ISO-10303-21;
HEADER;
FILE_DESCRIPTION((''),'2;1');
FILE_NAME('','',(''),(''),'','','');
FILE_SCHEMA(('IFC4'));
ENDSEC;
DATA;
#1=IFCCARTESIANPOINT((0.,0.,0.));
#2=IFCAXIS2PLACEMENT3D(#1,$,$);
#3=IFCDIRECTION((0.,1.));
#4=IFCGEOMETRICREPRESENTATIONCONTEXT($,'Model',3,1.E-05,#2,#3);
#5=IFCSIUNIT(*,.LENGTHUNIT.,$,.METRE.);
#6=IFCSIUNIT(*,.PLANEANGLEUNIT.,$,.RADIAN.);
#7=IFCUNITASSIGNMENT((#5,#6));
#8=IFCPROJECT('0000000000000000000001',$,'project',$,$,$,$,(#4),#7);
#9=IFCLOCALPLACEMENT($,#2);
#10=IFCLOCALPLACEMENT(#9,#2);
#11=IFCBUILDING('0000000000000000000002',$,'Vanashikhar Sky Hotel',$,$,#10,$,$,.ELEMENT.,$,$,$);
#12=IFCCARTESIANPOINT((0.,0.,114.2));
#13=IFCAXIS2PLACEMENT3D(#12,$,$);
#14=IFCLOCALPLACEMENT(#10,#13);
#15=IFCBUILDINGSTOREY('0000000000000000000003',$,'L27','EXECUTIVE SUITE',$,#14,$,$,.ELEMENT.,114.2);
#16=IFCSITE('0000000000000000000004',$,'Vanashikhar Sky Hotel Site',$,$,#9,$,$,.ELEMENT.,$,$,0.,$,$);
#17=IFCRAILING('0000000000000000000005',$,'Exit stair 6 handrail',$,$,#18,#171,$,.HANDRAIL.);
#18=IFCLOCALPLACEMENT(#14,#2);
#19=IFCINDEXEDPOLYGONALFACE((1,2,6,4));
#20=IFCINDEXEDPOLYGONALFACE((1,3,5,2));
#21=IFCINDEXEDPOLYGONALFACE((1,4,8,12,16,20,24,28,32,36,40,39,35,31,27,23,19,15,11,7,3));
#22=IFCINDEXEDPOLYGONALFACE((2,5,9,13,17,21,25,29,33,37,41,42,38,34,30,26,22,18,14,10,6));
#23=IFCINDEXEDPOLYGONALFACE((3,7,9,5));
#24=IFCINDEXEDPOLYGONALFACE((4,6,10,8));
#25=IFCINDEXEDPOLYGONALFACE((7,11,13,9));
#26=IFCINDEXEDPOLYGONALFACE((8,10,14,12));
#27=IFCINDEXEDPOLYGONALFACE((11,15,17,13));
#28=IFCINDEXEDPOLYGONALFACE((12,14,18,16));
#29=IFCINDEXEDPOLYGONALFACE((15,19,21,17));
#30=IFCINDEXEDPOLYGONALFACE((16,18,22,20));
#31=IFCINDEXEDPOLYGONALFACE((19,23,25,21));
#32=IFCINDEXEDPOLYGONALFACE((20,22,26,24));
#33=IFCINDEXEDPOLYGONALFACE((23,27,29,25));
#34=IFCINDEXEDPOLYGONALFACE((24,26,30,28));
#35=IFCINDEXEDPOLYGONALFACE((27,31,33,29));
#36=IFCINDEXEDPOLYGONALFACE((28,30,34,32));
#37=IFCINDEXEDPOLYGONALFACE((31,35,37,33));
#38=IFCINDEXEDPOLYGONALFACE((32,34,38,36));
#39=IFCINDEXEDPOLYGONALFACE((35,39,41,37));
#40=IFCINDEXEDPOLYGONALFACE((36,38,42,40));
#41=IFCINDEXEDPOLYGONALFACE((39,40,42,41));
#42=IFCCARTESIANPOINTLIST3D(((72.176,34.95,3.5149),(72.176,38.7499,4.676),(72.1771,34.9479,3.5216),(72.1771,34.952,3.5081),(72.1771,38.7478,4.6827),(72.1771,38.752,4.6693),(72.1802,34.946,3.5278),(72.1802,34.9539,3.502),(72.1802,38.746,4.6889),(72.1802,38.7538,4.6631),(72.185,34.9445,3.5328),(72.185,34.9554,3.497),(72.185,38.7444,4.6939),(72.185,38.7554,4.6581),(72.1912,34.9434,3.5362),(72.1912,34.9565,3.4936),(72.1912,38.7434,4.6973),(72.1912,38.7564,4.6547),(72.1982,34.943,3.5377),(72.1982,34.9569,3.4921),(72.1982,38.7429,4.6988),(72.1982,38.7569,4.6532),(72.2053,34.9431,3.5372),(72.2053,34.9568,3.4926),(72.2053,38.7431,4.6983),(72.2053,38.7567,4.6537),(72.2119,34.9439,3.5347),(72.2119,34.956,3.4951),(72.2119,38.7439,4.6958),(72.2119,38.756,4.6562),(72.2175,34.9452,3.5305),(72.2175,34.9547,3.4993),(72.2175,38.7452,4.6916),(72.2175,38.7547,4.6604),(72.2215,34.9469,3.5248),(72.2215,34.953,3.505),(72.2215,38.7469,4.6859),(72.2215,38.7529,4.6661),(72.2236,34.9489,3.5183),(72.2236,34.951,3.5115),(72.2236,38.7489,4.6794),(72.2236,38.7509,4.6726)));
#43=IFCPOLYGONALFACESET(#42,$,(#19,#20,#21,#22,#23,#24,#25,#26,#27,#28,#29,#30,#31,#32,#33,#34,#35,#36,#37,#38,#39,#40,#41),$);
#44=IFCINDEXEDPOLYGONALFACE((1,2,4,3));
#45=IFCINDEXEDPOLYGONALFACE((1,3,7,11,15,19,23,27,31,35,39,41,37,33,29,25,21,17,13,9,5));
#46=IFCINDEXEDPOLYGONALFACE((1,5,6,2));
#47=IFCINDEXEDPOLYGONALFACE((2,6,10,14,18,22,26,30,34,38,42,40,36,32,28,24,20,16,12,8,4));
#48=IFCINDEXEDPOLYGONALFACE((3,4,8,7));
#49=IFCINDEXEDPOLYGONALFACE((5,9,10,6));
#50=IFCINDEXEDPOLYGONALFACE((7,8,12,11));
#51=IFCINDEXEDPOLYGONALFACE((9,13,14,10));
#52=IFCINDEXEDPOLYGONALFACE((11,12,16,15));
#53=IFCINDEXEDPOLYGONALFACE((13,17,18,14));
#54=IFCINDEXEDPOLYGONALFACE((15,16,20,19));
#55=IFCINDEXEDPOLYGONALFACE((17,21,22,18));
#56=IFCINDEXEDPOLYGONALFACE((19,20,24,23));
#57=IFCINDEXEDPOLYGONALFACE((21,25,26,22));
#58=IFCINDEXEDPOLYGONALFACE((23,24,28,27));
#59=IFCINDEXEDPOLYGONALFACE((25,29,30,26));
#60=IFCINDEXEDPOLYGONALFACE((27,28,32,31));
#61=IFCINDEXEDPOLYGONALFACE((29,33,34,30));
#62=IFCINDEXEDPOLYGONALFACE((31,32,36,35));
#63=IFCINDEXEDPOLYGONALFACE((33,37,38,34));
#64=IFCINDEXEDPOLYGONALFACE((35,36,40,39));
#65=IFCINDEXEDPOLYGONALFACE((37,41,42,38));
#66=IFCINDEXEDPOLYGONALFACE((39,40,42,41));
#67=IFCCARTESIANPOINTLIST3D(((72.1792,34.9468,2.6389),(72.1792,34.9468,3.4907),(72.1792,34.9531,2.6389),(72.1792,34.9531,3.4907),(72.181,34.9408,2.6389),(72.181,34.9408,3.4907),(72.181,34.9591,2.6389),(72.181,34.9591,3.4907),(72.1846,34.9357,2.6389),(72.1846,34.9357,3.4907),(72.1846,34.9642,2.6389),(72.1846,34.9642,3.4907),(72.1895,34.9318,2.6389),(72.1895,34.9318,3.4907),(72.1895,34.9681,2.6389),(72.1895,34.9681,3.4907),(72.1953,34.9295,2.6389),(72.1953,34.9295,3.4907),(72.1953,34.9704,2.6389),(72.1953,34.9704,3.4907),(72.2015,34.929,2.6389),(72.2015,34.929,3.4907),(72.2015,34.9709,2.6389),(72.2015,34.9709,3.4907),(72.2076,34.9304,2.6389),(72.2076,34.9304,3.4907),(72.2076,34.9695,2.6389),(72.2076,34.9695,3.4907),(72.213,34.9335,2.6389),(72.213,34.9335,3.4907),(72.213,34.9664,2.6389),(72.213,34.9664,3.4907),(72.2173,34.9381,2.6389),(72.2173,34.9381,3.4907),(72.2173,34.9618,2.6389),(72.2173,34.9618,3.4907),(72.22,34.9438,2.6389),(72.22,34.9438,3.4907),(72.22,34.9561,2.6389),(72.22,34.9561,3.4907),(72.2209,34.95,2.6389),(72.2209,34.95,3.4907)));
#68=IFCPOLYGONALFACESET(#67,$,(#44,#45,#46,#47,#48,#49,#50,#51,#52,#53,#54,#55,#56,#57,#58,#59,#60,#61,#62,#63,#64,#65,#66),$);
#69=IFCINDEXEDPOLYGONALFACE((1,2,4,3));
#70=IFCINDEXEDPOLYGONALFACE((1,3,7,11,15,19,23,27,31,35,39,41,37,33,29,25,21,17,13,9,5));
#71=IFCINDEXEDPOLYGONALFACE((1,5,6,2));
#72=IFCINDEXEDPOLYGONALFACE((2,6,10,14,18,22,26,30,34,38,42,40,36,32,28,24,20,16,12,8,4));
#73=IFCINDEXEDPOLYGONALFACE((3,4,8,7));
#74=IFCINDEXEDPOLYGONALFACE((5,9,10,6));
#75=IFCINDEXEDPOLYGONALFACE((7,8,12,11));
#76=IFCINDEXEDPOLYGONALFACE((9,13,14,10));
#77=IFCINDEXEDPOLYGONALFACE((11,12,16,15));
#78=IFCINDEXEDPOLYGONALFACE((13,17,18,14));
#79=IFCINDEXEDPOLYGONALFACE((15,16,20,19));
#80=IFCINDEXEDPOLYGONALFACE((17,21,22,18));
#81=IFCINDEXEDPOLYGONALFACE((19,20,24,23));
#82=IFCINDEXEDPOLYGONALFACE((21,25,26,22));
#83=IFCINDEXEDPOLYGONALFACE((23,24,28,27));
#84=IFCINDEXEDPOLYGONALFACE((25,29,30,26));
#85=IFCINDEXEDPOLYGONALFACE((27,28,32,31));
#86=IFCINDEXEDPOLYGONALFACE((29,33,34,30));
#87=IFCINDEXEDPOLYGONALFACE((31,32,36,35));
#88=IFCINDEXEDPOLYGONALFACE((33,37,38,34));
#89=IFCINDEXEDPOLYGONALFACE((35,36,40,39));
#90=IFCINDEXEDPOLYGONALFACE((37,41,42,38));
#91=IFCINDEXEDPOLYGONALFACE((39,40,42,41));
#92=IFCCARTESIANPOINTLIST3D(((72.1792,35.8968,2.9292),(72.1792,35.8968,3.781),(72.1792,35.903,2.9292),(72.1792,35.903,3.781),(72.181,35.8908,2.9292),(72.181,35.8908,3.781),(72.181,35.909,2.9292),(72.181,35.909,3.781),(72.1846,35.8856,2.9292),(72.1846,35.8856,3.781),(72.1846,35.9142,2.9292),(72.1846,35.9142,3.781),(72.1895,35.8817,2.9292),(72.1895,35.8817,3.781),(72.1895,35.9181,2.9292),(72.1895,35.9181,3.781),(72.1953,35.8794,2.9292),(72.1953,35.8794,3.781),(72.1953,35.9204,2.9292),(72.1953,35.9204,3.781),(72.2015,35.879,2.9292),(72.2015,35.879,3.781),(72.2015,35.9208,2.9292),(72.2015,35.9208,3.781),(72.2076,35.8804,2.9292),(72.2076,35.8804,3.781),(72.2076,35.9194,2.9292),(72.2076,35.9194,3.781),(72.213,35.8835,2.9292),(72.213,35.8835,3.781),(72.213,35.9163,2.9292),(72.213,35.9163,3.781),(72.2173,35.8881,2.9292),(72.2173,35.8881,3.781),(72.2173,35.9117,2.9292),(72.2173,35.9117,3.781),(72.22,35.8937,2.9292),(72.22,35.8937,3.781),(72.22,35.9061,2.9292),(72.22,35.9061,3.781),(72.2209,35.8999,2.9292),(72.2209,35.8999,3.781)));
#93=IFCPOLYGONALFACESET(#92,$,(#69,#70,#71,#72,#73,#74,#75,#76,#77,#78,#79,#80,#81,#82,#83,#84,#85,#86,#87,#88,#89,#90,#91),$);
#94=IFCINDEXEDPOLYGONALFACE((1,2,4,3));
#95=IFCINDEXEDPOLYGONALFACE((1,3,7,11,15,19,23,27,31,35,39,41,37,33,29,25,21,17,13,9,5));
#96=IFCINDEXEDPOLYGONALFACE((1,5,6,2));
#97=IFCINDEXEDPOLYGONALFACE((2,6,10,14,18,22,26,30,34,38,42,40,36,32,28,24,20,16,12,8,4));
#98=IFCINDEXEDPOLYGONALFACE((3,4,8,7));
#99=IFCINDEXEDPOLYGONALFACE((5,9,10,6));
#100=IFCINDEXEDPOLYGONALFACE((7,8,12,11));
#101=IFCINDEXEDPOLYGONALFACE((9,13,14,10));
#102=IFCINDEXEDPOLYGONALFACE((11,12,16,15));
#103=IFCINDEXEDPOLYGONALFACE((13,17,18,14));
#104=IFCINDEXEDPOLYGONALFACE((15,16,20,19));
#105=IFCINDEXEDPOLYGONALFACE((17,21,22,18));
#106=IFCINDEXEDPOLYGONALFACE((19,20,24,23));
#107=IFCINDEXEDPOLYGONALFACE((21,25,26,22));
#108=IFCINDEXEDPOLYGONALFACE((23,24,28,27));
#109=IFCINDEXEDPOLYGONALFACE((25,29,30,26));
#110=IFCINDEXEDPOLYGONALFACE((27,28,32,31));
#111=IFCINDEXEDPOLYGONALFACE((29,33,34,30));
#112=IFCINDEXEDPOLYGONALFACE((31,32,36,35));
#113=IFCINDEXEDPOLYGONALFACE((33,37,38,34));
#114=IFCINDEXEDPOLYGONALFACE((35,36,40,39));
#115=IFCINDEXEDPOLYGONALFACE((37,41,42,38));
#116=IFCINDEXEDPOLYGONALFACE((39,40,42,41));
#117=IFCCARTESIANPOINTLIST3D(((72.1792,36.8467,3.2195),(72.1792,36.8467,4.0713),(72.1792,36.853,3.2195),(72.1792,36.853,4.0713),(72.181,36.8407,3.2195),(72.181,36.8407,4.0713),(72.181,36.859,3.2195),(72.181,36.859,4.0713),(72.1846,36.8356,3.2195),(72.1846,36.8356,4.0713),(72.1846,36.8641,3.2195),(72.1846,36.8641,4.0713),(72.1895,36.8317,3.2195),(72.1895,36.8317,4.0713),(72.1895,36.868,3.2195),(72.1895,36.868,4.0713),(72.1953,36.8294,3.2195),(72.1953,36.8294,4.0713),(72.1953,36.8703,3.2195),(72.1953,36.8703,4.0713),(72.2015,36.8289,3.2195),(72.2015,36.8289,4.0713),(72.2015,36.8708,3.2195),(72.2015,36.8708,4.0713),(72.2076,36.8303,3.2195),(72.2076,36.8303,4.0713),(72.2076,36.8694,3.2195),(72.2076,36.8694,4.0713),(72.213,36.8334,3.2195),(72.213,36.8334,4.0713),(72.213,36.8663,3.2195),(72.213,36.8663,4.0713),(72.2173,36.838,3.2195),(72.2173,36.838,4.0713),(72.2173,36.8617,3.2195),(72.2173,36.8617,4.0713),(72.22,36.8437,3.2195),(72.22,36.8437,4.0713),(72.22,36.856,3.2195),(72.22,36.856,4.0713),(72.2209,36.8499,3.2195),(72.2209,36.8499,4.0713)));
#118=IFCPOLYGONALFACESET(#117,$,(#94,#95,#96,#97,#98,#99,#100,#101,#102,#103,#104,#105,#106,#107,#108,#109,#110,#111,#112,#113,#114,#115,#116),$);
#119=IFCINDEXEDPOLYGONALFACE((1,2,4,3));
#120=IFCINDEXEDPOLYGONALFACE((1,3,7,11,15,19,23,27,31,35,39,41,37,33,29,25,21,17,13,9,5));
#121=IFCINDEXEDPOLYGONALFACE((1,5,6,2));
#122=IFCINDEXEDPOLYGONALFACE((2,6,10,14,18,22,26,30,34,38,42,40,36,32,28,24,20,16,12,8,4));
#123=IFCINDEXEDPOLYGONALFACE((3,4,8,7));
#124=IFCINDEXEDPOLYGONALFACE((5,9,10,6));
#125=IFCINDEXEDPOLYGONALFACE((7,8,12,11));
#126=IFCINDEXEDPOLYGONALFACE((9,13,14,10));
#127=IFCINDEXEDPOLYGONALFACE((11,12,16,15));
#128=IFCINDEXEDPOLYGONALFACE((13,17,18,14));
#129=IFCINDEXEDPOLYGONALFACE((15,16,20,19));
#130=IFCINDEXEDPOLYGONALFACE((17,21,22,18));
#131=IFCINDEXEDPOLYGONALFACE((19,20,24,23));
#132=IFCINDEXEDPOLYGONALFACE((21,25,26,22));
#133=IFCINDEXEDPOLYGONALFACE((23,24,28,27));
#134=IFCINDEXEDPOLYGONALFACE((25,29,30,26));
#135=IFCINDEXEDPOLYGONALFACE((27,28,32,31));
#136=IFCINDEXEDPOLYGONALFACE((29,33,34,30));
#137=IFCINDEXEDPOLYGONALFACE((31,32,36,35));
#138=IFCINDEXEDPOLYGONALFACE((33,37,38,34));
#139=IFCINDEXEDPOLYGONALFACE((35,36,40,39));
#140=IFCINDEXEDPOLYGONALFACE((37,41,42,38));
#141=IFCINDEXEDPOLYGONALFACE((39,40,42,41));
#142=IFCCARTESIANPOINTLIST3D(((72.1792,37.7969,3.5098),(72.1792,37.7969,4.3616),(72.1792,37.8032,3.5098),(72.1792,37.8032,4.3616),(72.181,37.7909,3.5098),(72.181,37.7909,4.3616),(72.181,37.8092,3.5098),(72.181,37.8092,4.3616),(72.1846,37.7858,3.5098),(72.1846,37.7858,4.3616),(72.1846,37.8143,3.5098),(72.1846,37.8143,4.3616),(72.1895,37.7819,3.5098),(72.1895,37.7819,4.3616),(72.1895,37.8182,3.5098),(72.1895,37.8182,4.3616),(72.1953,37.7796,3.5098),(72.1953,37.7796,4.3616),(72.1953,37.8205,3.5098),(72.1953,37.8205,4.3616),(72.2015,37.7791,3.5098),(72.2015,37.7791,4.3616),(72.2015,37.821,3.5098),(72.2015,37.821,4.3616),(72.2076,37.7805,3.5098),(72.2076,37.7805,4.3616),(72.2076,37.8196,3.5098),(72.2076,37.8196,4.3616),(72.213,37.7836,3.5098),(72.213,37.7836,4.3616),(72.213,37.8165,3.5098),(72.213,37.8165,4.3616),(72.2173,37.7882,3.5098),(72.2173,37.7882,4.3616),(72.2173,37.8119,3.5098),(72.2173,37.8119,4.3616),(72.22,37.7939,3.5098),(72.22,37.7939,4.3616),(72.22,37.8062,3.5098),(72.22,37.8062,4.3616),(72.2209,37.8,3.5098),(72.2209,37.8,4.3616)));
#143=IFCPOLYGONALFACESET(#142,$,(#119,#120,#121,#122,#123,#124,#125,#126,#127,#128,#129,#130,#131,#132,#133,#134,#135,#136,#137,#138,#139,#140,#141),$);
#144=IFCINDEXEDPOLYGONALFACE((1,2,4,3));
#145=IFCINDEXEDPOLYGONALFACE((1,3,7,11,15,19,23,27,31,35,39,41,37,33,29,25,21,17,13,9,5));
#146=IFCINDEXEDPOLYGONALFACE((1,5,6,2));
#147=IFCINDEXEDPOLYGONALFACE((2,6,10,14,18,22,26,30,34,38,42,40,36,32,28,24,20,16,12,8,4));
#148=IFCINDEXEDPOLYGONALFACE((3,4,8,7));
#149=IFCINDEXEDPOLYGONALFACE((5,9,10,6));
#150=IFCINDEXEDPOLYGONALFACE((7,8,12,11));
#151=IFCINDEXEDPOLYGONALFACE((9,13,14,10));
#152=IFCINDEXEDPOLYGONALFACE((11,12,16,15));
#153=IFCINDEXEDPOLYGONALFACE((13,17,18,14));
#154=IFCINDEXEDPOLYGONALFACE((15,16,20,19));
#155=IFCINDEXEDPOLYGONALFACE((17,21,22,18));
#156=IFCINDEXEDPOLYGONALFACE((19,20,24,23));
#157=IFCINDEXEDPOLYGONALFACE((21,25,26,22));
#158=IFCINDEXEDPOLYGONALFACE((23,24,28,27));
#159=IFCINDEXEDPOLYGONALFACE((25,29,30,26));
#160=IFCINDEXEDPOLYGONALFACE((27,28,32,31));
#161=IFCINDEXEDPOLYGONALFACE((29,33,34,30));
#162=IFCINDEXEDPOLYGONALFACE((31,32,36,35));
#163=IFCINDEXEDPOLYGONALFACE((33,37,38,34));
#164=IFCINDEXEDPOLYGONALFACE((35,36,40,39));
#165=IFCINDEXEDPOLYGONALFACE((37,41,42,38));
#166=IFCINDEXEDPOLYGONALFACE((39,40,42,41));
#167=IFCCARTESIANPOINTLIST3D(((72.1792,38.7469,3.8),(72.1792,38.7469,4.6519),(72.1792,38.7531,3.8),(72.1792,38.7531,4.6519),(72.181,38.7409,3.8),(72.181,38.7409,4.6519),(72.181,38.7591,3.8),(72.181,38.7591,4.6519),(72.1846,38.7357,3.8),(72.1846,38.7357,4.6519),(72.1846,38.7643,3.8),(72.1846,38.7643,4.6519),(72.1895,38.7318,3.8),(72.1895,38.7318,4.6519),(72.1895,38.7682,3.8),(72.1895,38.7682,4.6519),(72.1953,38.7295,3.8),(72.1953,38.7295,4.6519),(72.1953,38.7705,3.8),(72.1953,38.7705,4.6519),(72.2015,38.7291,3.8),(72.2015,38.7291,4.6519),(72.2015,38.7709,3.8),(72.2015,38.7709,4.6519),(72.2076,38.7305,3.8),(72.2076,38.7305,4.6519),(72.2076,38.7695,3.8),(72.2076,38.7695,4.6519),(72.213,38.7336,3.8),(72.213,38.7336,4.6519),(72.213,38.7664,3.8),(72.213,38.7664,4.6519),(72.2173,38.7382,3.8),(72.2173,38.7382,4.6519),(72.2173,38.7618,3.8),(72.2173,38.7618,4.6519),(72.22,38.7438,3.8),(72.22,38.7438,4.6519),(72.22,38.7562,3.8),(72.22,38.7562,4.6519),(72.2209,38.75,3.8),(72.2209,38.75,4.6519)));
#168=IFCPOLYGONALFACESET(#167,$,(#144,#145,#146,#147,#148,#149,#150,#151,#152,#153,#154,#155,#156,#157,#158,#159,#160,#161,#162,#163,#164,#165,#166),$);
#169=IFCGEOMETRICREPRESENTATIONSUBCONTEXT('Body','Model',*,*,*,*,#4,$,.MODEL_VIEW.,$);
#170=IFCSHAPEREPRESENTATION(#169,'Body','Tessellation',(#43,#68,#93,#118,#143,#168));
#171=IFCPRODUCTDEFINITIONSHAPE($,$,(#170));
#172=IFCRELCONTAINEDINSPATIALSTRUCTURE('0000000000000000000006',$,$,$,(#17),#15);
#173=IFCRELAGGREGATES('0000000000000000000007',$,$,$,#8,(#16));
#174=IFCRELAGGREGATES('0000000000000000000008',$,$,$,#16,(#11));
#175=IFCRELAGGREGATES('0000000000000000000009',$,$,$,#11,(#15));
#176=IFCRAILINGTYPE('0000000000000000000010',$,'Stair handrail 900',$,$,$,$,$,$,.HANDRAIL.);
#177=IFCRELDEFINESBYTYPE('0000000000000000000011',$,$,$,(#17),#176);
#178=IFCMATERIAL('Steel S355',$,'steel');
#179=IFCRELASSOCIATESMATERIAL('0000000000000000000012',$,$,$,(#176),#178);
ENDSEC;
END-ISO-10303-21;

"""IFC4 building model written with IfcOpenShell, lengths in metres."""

from ifc_helpers import new_model, si_unit, direction, frame, origin, origin_2d, place, context, subcontext, project, spatial, circle, extrude, source, transform, mapped, material, type_object, element, save


model = new_model("IFC4")

# Units and contexts
model_context = context("Model", 3, precision=1e-05, world=origin(), true_north=direction((0.0, 1.0)))
body_context = subcontext(model_context, "Body", "Model", "MODEL_VIEW")
ifc_project = project(units=[si_unit("LENGTHUNIT", "METRE"), si_unit("PLANEANGLEUNIT", "RADIAN")], contexts=[model_context])

# Site, building, storey
site_placement = place(None, origin())
site = spatial("IfcSite", under=ifc_project, at=site_placement, Name="Vanashikhar Sky Hotel Site", CompositionType="ELEMENT", RefElevation=0.0)
building_placement = place(site_placement, origin())
building = spatial("IfcBuilding", under=site, at=building_placement, Name="Vanashikhar Sky Hotel", CompositionType="ELEMENT")
storey_placement = place(building_placement, frame((0.0, 0.0, 114.2)))
storey = spatial("IfcBuildingStorey", under=building, at=storey_placement, Name="L27", Description="EXECUTIVE SUITE", CompositionType="ELEMENT", Elevation=114.2)

# Railing
ifc_material_1 = material(Name="Steel S355", Category="steel")
railing_type_1 = type_object("IfcRailingType", Name="Stair handrail 900", PredefinedType="HANDRAIL", material=ifc_material_1)
shared_shape_1 = source(origin(), body_context, "Body", "SweptSolid", [
    extrude(circle(Radius=0.0239, at=origin_2d()), frame((0.0, 0.0, 0.876), z_axis=(0.0, 0.956351, 0.29222), x_axis=(-1.0, 0.0, 0.0)), (0.0, 0.0, 1.0), 3.9734),
    extrude(circle(Radius=0.021, at=origin_2d()), origin(), (0.0, 0.0, 1.0), 0.8518),
    extrude(circle(Radius=0.021, at=origin_2d()), frame((0.0, 0.95, 0.2903)), (0.0, 0.0, 1.0), 0.8518),
    extrude(circle(Radius=0.021, at=origin_2d()), frame((0.0, 1.8999, 0.5806)), (0.0, 0.0, 1.0), 0.8518),
    extrude(circle(Radius=0.021, at=origin_2d()), frame((0.0, 2.8501, 0.8708)), (0.0, 0.0, 1.0), 0.8518),
    extrude(circle(Radius=0.021, at=origin_2d()), frame((0.0, 3.8, 1.1611)), (0.0, 0.0, 1.0), 0.8518),
])
for number, where, name in (
    (1, (72.2, 34.95, 2.6389), "Exit stair 6 handrail"),
):
    element("IfcRailing", number, at=place(storey_placement, frame(where)), inside=storey, type_object=railing_type_1, Name=name, PredefinedType="HANDRAIL", context=body_context, shape_type="MappedRepresentation", body=[
        mapped(shared_shape_1, transform((0.0, 0.0, 0.0), scale=1.0)),
    ])

save(model, "model.ifc")
